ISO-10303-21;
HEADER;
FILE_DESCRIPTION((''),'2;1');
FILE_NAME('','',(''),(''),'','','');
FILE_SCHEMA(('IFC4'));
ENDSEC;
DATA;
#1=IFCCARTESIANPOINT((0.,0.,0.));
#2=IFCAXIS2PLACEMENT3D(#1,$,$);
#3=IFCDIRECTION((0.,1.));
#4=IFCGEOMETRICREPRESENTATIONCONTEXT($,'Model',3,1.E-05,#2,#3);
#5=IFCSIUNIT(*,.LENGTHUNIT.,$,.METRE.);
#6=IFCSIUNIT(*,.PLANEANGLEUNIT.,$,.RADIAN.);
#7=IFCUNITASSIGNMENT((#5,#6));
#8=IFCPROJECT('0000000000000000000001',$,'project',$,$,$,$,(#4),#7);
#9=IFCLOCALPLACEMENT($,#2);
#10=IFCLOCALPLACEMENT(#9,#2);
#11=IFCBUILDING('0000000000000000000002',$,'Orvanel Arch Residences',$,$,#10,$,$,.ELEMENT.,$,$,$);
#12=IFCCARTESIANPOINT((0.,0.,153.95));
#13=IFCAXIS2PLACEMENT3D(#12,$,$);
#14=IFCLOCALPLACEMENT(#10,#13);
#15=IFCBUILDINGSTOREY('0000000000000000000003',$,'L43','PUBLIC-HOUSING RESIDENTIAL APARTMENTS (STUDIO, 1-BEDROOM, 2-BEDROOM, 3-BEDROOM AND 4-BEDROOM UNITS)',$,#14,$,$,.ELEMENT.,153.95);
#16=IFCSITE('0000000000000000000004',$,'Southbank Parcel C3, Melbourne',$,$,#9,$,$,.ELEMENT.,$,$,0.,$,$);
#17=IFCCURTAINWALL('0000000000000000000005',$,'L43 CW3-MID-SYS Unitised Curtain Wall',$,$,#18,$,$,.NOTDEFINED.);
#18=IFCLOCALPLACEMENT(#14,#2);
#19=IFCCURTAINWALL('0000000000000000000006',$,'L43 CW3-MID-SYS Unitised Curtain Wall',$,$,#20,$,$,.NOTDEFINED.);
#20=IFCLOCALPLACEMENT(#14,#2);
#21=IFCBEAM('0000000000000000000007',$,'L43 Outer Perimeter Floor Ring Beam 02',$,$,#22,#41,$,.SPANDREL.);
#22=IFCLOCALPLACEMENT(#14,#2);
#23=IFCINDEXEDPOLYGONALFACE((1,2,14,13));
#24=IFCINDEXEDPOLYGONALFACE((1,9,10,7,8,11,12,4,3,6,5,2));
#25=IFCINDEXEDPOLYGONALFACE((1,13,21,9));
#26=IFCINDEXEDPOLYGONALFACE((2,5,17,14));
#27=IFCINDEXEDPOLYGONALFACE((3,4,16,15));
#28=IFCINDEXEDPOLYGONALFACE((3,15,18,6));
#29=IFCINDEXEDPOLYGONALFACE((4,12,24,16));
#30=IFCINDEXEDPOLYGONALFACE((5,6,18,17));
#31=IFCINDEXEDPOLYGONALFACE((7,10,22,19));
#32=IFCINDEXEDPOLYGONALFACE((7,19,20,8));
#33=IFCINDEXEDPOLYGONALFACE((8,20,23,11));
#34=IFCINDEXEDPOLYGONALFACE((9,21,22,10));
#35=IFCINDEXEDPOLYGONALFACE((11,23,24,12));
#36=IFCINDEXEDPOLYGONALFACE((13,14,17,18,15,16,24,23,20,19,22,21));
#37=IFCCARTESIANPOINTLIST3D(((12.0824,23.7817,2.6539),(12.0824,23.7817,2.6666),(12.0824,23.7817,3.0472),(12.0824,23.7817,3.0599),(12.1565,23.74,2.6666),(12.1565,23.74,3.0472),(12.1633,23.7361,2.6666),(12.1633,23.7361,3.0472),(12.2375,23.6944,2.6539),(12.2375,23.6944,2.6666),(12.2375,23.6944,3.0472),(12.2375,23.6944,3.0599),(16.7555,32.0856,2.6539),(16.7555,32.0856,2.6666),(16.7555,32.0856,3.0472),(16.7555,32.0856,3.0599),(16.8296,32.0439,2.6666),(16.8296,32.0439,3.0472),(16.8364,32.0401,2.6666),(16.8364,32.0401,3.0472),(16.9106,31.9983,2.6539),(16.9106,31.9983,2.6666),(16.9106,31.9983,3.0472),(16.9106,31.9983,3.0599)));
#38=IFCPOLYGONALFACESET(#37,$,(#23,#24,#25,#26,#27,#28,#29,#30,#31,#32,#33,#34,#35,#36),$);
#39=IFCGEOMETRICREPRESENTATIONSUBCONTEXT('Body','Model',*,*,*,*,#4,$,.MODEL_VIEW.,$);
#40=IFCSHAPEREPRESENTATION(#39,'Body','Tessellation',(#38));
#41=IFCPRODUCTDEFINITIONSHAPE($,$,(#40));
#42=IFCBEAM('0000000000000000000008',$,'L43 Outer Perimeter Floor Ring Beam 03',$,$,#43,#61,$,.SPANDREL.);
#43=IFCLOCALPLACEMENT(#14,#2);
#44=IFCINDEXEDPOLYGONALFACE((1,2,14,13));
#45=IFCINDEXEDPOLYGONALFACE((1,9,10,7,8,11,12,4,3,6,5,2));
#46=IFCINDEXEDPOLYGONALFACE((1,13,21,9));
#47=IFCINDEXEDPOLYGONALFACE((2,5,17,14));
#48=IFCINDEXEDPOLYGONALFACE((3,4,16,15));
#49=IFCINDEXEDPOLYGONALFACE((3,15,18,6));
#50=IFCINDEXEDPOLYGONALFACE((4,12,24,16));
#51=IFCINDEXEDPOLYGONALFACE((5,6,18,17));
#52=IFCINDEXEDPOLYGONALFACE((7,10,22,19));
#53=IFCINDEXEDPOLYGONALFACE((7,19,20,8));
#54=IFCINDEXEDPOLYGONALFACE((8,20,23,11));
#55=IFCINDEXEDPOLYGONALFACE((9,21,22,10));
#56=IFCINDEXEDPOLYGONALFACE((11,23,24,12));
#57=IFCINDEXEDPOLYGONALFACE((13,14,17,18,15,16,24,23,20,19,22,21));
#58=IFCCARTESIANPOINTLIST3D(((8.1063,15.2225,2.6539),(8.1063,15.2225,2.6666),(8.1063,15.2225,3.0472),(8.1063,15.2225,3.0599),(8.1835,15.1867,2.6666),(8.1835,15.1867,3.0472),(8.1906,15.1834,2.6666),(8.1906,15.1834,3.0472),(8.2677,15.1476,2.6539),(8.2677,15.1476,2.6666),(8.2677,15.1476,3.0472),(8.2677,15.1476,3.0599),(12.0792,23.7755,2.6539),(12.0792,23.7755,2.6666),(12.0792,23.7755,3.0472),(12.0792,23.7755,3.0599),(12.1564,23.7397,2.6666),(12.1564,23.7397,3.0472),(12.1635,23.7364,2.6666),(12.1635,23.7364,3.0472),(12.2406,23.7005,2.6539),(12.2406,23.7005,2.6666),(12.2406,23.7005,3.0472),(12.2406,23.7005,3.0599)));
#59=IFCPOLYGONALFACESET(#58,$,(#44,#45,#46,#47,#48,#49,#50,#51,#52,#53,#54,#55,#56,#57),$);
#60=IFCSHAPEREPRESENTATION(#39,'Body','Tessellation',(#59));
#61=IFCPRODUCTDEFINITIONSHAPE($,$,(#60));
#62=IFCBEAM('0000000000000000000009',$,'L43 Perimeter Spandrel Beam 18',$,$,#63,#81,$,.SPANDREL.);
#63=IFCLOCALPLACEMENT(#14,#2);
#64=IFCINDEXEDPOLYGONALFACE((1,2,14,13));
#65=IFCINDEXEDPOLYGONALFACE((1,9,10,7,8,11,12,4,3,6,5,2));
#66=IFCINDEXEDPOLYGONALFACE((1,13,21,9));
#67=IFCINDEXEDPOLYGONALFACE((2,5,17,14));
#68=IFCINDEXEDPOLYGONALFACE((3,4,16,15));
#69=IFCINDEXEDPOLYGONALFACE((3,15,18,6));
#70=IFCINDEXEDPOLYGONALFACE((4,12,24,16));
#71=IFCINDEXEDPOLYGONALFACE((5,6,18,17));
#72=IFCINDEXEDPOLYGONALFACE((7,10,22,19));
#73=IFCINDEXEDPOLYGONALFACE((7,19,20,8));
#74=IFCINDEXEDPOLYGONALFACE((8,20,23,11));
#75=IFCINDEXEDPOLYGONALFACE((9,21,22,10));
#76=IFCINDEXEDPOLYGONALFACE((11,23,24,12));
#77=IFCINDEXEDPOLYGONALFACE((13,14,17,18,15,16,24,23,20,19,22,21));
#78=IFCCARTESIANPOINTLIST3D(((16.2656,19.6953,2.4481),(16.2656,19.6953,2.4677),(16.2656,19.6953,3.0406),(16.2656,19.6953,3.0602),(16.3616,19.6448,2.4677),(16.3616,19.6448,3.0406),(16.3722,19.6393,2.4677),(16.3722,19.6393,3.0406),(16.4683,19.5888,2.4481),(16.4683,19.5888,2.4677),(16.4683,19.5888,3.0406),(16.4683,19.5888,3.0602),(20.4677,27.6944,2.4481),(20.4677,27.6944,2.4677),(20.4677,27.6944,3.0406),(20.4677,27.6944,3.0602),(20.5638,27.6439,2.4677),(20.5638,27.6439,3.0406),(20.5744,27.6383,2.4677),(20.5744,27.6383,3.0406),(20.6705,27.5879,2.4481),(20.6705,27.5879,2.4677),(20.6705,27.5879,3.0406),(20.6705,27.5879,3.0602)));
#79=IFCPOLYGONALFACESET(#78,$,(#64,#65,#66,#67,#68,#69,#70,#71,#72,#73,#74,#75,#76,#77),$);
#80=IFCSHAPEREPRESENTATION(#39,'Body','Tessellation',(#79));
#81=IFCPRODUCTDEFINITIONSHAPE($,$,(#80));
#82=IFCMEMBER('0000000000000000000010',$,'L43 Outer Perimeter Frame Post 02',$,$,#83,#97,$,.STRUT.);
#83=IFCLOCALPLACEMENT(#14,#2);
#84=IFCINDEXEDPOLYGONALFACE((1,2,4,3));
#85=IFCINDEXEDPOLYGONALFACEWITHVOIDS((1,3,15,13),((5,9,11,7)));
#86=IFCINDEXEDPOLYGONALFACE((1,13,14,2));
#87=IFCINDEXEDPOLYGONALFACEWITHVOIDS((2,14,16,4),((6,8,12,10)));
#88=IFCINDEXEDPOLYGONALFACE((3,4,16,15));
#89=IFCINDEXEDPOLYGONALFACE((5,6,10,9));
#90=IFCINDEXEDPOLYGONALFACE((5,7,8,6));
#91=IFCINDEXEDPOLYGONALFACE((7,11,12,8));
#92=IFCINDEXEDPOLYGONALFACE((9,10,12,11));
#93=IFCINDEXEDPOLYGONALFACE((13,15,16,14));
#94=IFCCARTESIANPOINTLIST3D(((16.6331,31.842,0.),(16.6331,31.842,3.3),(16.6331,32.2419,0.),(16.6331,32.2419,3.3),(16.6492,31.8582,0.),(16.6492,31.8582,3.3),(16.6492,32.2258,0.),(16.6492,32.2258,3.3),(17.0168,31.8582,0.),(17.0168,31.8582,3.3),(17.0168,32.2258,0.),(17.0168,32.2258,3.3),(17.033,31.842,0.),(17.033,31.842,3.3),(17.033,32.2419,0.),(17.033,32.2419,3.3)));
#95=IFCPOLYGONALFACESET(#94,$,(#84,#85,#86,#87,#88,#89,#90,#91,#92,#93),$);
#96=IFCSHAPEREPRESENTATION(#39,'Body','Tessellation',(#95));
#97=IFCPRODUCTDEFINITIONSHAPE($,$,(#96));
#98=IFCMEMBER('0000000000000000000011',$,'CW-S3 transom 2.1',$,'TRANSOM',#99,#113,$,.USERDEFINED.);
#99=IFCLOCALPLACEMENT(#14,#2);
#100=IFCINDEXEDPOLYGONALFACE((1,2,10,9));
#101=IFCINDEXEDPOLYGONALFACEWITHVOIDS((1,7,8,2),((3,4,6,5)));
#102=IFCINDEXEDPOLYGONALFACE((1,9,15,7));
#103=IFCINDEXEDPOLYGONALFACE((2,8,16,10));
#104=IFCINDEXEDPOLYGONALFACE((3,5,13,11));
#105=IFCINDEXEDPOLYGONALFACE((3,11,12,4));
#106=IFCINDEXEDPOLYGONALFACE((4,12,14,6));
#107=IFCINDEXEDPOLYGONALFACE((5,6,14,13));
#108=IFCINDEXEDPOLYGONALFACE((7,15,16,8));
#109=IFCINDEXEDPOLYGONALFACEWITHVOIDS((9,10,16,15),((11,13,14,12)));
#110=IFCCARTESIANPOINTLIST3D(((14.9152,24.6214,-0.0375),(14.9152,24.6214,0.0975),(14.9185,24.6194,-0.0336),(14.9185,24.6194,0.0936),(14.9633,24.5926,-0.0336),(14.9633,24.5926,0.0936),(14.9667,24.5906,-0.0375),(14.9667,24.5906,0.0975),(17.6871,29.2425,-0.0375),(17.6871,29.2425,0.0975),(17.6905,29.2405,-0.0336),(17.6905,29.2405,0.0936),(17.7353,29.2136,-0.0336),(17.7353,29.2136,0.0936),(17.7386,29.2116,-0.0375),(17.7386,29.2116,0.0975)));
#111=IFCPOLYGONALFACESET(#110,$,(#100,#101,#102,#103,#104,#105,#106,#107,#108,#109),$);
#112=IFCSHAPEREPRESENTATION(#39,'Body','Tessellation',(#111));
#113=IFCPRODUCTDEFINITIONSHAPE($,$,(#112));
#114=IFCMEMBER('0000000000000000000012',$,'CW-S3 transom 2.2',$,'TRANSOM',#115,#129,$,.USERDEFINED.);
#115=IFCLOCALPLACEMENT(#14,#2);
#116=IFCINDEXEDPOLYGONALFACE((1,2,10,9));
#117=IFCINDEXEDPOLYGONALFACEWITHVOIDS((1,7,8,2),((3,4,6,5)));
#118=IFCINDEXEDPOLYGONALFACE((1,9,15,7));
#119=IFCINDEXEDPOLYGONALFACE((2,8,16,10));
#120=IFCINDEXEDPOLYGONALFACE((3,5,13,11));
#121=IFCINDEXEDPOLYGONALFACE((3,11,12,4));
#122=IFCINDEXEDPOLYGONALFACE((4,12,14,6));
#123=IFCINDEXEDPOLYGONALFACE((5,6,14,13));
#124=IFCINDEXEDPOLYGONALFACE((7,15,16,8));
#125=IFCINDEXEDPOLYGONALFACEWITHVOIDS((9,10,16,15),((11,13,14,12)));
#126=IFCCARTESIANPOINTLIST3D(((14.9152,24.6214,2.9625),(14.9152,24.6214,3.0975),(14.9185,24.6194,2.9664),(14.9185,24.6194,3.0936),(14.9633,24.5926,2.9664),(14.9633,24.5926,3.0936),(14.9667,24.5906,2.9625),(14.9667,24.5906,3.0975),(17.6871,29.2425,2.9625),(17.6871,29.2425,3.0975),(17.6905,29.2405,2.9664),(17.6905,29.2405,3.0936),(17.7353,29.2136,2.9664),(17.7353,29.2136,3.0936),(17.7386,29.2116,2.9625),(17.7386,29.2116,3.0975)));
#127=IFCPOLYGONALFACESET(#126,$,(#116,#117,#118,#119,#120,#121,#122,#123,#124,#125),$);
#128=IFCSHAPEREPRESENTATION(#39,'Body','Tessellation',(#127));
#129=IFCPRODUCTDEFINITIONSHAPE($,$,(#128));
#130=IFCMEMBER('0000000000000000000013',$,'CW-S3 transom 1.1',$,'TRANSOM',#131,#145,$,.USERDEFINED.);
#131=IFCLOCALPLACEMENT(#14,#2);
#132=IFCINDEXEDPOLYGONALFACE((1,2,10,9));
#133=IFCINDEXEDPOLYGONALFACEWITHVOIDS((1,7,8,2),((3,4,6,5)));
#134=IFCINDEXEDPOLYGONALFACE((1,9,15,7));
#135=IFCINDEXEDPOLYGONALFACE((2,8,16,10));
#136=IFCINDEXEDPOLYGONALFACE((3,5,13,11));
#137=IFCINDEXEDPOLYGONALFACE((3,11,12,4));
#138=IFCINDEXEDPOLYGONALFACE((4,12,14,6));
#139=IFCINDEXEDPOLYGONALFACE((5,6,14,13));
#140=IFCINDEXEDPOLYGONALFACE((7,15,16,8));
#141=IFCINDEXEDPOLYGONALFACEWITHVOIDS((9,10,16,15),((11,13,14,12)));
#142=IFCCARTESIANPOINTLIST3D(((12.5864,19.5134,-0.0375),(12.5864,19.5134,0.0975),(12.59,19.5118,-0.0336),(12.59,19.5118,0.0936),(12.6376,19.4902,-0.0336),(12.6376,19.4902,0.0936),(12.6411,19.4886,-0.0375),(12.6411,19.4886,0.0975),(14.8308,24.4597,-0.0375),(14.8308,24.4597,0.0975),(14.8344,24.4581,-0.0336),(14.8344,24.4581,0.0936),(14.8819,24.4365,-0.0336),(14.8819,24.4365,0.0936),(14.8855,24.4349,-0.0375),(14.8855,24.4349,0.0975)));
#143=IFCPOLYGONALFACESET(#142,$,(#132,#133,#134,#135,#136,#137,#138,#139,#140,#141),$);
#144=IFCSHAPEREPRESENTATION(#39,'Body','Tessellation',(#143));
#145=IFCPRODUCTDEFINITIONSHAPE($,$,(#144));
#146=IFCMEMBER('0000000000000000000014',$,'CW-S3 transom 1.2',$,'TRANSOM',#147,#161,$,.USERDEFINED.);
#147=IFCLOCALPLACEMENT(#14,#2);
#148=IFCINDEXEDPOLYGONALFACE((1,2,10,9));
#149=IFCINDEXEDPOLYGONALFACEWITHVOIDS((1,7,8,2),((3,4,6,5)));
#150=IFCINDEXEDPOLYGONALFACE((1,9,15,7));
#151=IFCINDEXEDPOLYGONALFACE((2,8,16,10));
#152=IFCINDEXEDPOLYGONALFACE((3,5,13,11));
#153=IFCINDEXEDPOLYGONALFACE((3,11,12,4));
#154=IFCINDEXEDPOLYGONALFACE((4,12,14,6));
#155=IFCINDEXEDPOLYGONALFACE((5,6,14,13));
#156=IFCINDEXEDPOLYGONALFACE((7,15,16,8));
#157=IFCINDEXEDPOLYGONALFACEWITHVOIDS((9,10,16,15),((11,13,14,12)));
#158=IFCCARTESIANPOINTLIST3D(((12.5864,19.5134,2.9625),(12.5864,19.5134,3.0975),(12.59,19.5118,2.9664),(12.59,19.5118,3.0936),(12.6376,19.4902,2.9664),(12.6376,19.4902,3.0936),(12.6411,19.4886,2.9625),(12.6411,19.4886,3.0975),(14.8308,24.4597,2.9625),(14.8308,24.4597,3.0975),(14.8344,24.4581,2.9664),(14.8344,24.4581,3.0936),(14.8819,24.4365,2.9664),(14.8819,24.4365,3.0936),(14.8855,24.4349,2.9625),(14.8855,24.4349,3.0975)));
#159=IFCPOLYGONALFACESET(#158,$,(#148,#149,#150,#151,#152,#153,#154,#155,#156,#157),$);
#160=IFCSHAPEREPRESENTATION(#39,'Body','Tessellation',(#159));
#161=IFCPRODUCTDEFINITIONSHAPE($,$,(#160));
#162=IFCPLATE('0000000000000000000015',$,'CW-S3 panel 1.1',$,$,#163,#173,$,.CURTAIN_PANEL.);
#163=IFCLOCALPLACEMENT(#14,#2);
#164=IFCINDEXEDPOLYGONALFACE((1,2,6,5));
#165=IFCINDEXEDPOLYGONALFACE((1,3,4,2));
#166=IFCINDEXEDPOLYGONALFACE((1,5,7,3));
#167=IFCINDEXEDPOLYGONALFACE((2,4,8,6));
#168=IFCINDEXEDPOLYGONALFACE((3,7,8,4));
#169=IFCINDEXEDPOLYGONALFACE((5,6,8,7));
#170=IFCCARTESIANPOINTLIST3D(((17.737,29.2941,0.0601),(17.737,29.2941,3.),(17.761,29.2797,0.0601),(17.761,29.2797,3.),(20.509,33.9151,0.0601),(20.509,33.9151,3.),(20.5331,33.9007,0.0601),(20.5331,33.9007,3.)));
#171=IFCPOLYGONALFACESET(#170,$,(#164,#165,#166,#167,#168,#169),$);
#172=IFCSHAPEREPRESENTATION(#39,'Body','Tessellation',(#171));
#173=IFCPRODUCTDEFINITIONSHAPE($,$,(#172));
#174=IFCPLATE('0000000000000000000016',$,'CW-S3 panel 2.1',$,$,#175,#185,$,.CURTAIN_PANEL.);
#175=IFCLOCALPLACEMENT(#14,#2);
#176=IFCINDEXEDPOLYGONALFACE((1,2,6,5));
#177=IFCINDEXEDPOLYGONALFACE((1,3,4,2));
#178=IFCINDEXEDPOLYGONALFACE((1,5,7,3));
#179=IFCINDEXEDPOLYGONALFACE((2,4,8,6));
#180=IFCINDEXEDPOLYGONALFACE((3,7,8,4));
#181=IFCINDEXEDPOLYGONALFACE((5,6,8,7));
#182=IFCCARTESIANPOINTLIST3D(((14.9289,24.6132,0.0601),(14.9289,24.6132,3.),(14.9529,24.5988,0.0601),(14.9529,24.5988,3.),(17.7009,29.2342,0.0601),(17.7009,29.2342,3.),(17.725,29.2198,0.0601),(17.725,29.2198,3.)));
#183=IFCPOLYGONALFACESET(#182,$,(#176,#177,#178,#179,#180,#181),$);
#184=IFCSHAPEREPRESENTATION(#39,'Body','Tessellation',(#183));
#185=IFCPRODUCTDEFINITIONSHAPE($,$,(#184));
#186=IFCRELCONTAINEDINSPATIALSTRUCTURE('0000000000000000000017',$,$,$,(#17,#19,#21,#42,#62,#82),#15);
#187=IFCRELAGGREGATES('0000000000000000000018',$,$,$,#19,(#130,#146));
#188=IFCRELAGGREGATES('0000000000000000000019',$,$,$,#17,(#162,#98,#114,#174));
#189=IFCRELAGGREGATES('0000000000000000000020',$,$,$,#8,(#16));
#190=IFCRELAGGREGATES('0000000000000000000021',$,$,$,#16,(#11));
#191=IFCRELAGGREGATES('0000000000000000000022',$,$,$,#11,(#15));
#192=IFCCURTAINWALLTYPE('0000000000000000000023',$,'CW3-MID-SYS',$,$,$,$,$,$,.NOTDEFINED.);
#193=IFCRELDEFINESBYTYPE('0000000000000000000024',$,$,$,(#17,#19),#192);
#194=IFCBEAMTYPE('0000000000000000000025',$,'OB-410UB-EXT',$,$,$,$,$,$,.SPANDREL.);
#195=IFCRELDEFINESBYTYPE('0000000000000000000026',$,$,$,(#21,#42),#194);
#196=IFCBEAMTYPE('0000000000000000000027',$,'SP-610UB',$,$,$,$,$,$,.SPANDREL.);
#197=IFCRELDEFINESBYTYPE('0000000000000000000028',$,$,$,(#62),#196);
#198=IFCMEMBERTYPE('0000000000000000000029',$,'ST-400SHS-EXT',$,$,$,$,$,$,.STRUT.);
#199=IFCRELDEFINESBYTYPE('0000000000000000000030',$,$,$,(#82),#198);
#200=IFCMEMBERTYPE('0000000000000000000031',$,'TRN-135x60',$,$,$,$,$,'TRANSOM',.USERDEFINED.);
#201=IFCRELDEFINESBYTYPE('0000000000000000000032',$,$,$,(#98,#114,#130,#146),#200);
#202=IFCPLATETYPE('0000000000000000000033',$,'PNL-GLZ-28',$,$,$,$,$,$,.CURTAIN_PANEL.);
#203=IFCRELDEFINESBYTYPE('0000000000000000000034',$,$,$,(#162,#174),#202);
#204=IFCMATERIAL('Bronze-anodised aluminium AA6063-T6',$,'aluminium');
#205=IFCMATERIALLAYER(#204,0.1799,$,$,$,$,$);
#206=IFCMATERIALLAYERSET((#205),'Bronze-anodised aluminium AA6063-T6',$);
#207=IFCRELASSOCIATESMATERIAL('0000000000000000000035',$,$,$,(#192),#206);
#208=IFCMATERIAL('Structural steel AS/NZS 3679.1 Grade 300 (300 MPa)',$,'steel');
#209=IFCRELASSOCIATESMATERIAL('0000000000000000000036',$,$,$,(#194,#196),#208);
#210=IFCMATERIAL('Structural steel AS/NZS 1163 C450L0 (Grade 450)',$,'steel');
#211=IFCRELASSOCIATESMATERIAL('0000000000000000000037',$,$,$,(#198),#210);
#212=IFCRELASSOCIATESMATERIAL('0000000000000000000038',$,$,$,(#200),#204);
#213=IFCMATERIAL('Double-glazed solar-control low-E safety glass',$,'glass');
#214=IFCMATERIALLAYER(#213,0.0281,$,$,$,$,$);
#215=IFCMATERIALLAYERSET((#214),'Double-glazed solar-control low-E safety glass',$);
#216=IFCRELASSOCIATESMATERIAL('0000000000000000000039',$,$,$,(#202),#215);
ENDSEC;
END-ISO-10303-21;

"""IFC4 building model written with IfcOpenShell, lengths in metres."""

from ifc_helpers import new_model, si_unit, direction, frame, origin, origin_2d, place, context, subcontext, project, spatial, rectangle, hollow_rectangle, i_section, extrude, material, layer, layer_set, material_profile, profile_set, type_object, element, aggregate, save


model = new_model("IFC4")

# Units and contexts
model_context = context("Model", 3, precision=1e-05, world=origin(), true_north=direction((0.0, 1.0)))
body_context = subcontext(model_context, "Body", "Model", "MODEL_VIEW")
ifc_project = project(units=[si_unit("LENGTHUNIT", "METRE"), si_unit("PLANEANGLEUNIT", "RADIAN")], contexts=[model_context])

# Site, building, storey
site_placement = place(None, origin())
site = spatial("IfcSite", under=ifc_project, at=site_placement, Name="Southbank Parcel C3, Melbourne", CompositionType="ELEMENT", RefElevation=0.0)
building_placement = place(site_placement, origin())
building = spatial("IfcBuilding", under=site, at=building_placement, Name="Orvanel Arch Residences", CompositionType="ELEMENT")
storey_placement = place(building_placement, frame((0.0, 0.0, 153.95)))
storey = spatial("IfcBuildingStorey", under=building, at=storey_placement, Name="L43", Description="PUBLIC-HOUSING RESIDENTIAL APARTMENTS (STUDIO, 1-BEDROOM, 2-BEDROOM, 3-BEDROOM AND 4-BEDROOM UNITS)", CompositionType="ELEMENT", Elevation=153.95)

# Shared definitions
ifc_material_1 = material(Name="Structural steel AS/NZS 1163 C450L0 (Grade 450)", Category="steel")

# Shared definitions
ifc_material_2 = material(Name="Structural steel AS/NZS 3679.1 Grade 300 (300 MPa)", Category="steel")

# Curtain wall
ifc_material_3 = material(Name="Bronze-anodised aluminium AA6063-T6", Category="aluminium")
ifc_layer_1 = layer(ifc_material_3, 0.1799)
ifc_layer_set_1 = layer_set([ifc_layer_1], Name="Bronze-anodised aluminium AA6063-T6")
curtain_wall_type = type_object("IfcCurtainWallType", Name="CW3-MID-SYS", PredefinedType="NOTDEFINED", material=ifc_layer_set_1)
curtain_wall_1_placement = place(storey_placement, origin())
curtain_wall_1 = element("IfcCurtainWall", 1, at=curtain_wall_1_placement, inside=storey, type_object=curtain_wall_type, Name="L43 CW3-MID-SYS Unitised Curtain Wall", PredefinedType="NOTDEFINED")

# Curtain wall
curtain_wall_2_placement = place(storey_placement, origin())
curtain_wall_2 = element("IfcCurtainWall", 2, at=curtain_wall_2_placement, inside=storey, type_object=curtain_wall_type, Name="L43 CW3-MID-SYS Unitised Curtain Wall", PredefinedType="NOTDEFINED")

# Beams
ifc_material_profile_1 = material_profile(ifc_material_2, i_section(OverallWidth=0.178, OverallDepth=0.406, WebThickness=0.0078, FlangeThickness=0.0127, at=origin_2d()), Name="410UB59.7")
ifc_profile_set_1 = profile_set([ifc_material_profile_1], Name="Structural steel AS/NZS 3679.1 Grade 300 (300 MPa)")
beam_type_1 = type_object("IfcBeamType", Name="OB-410UB-EXT", PredefinedType="SPANDREL", material=ifc_profile_set_1)
beam_1_placement = place(storey_placement, frame((16.833, 32.042, 2.8569), z_axis=(-0.49043, -0.87148, 0.0), x_axis=(0.87148, -0.49043, 0.0)))
element("IfcBeam", 3, at=beam_1_placement, inside=storey, type_object=beam_type_1, Name="L43 Outer Perimeter Floor Ring Beam 02", PredefinedType="SPANDREL", context=body_context, shape_type="SweptSolid", body=[
    extrude(i_section(OverallWidth=0.178, OverallDepth=0.406, WebThickness=0.0078, FlangeThickness=0.0127, at=origin_2d()), origin(), (0.0, 0.0, 1.0), 9.5286),
])
beam_2_placement = place(storey_placement, frame((12.1599, 23.738, 2.8569), z_axis=(-0.421275, -0.906933, 0.0), x_axis=(0.906933, -0.421275, 0.0)))
element("IfcBeam", 4, at=beam_2_placement, inside=storey, type_object=beam_type_1, Name="L43 Outer Perimeter Floor Ring Beam 03", PredefinedType="SPANDREL", context=body_context, shape_type="SweptSolid", body=[
    extrude(i_section(OverallWidth=0.178, OverallDepth=0.406, WebThickness=0.0078, FlangeThickness=0.0127, at=origin_2d()), origin(), (0.0, 0.0, 1.0), 9.4307),
])
ifc_material_profile_2 = material_profile(ifc_material_2, i_section(OverallWidth=0.229, OverallDepth=0.6121, WebThickness=0.012, FlangeThickness=0.0195, at=origin_2d()), Name="610UB125")
ifc_profile_set_2 = profile_set([ifc_material_profile_2], Name="Structural steel AS/NZS 3679.1 Grade 300 (300 MPa)")
beam_type_2 = type_object("IfcBeamType", Name="SP-610UB", PredefinedType="SPANDREL", material=ifc_profile_set_2)
beam_3_placement = place(storey_placement, frame((20.5691, 27.6411, 2.7542), z_axis=(-0.465065, -0.885277, 0.0), x_axis=(0.885277, -0.465065, 0.0)))
element("IfcBeam", 5, at=beam_3_placement, inside=storey, type_object=beam_type_2, Name="L43 Perimeter Spandrel Beam 18", PredefinedType="SPANDREL", context=body_context, shape_type="SweptSolid", body=[
    extrude(i_section(OverallWidth=0.229, OverallDepth=0.6121, WebThickness=0.012, FlangeThickness=0.0195, at=origin_2d()), origin(), (0.0, 0.0, 1.0), 9.0356),
])

# Members
ifc_material_profile_3 = material_profile(ifc_material_1, hollow_rectangle(XDim=0.3999, YDim=0.3999, WallThickness=0.0161, at=origin_2d()), Name="SHS400x400x16")
ifc_profile_set_3 = profile_set([ifc_material_profile_3], Name="Structural steel AS/NZS 1163 C450L0 (Grade 450)")
member_type_1 = type_object("IfcMemberType", Name="ST-400SHS-EXT", PredefinedType="STRUT", material=ifc_profile_set_3)
member_1_placement = place(storey_placement, frame((16.833, 32.042, 0.0), z_axis=(0.0, 0.0, 1.0), x_axis=(1.0, 0.0, 0.0)))
element("IfcMember", 6, at=member_1_placement, inside=storey, type_object=member_type_1, Name="L43 Outer Perimeter Frame Post 02", PredefinedType="STRUT", context=body_context, shape_type="SweptSolid", body=[
    extrude(hollow_rectangle(XDim=0.3999, YDim=0.3999, WallThickness=0.0161, at=origin_2d()), origin(), (0.0, 0.0, 1.0), 3.3),
])
ifc_material_profile_4 = material_profile(ifc_material_3, hollow_rectangle(XDim=0.0601, YDim=0.135, WallThickness=0.0039, at=origin_2d()), Name="ALU135x60x4")
ifc_profile_set_4 = profile_set([ifc_material_profile_4], Name="Bronze-anodised aluminium AA6063-T6")
member_type_2 = type_object("IfcMemberType", Name="TRN-135x60", ElementType="TRANSOM", PredefinedType="USERDEFINED", material=ifc_profile_set_4)
member_2_placement = place(storey_placement, frame((17.7129, 29.2271, 0.03), z_axis=(-0.514402, -0.857549, 0.0), x_axis=(0.857549, -0.514402, 0.0)))
member_2 = element("IfcMember", 7, at=member_2_placement, type_object=member_type_2, Name="CW-S3 transom 2.1", ObjectType="TRANSOM", PredefinedType="USERDEFINED", context=body_context, shape_type="SweptSolid", body=[
    extrude(hollow_rectangle(XDim=0.0601, YDim=0.135, WallThickness=0.0039, at=origin_2d()), origin(), (0.0, 0.0, 1.0), 5.3887),
])
member_3_placement = place(storey_placement, frame((17.7129, 29.2271, 3.03), z_axis=(-0.514402, -0.857549, 0.0), x_axis=(0.857549, -0.514402, 0.0)))
member_3 = element("IfcMember", 8, at=member_3_placement, type_object=member_type_2, Name="CW-S3 transom 2.2", ObjectType="TRANSOM", PredefinedType="USERDEFINED", context=body_context, shape_type="SweptSolid", body=[
    extrude(hollow_rectangle(XDim=0.0601, YDim=0.135, WallThickness=0.0039, at=origin_2d()), origin(), (0.0, 0.0, 1.0), 5.3887),
])
member_4_placement = place(storey_placement, frame((14.8582, 24.4473, 0.03), z_axis=(-0.413203, -0.910639, 0.0), x_axis=(0.910639, -0.413203, 0.0)))
member_4 = element("IfcMember", 9, at=member_4_placement, type_object=member_type_2, Name="CW-S3 transom 1.1", ObjectType="TRANSOM", PredefinedType="USERDEFINED", context=body_context, shape_type="SweptSolid", body=[
    extrude(hollow_rectangle(XDim=0.0601, YDim=0.135, WallThickness=0.0039, at=origin_2d()), origin(), (0.0, 0.0, 1.0), 5.4316),
])
member_5_placement = place(storey_placement, frame((14.8582, 24.4473, 3.03), z_axis=(-0.413203, -0.910639, 0.0), x_axis=(0.910639, -0.413203, 0.0)))
member_5 = element("IfcMember", 10, at=member_5_placement, type_object=member_type_2, Name="CW-S3 transom 1.2", ObjectType="TRANSOM", PredefinedType="USERDEFINED", context=body_context, shape_type="SweptSolid", body=[
    extrude(hollow_rectangle(XDim=0.0601, YDim=0.135, WallThickness=0.0039, at=origin_2d()), origin(), (0.0, 0.0, 1.0), 5.4316),
])
aggregate(curtain_wall_2, [member_4, member_5])

# Plates
ifc_material_4 = material(Name="Double-glazed solar-control low-E safety glass", Category="glass")
ifc_layer_2 = layer(ifc_material_4, 0.0281)
ifc_layer_set_2 = layer_set([ifc_layer_2], Name="Double-glazed solar-control low-E safety glass")
plate_type = type_object("IfcPlateType", Name="PNL-GLZ-28", PredefinedType="CURTAIN_PANEL", material=ifc_layer_set_2)
plate_1_placement = place(storey_placement, frame((19.135, 31.5974, 0.0601), z_axis=(0.0, 0.0, 1.0), x_axis=(-0.514415, -0.857541, 0.0)))
plate_1 = element("IfcPlate", 11, at=plate_1_placement, type_object=plate_type, Name="CW-S3 panel 1.1", PredefinedType="CURTAIN_PANEL", context=body_context, shape_type="SweptSolid", body=[
    extrude(rectangle(XDim=5.3887, YDim=0.0281, at=origin_2d()), origin(), (0.0, 0.0, 1.0), 2.9399),
])
plate_2_placement = place(storey_placement, frame((16.3269, 26.9165, 0.0601), z_axis=(0.0, 0.0, 1.0), x_axis=(-0.514415, -0.857541, 0.0)))
plate_2 = element("IfcPlate", 12, at=plate_2_placement, type_object=plate_type, Name="CW-S3 panel 2.1", PredefinedType="CURTAIN_PANEL", context=body_context, shape_type="SweptSolid", body=[
    extrude(rectangle(XDim=5.3887, YDim=0.0281, at=origin_2d()), origin(), (0.0, 0.0, 1.0), 2.9399),
])
aggregate(curtain_wall_1, [plate_1, member_2, member_3, plate_2])

save(model, "model.ifc")
